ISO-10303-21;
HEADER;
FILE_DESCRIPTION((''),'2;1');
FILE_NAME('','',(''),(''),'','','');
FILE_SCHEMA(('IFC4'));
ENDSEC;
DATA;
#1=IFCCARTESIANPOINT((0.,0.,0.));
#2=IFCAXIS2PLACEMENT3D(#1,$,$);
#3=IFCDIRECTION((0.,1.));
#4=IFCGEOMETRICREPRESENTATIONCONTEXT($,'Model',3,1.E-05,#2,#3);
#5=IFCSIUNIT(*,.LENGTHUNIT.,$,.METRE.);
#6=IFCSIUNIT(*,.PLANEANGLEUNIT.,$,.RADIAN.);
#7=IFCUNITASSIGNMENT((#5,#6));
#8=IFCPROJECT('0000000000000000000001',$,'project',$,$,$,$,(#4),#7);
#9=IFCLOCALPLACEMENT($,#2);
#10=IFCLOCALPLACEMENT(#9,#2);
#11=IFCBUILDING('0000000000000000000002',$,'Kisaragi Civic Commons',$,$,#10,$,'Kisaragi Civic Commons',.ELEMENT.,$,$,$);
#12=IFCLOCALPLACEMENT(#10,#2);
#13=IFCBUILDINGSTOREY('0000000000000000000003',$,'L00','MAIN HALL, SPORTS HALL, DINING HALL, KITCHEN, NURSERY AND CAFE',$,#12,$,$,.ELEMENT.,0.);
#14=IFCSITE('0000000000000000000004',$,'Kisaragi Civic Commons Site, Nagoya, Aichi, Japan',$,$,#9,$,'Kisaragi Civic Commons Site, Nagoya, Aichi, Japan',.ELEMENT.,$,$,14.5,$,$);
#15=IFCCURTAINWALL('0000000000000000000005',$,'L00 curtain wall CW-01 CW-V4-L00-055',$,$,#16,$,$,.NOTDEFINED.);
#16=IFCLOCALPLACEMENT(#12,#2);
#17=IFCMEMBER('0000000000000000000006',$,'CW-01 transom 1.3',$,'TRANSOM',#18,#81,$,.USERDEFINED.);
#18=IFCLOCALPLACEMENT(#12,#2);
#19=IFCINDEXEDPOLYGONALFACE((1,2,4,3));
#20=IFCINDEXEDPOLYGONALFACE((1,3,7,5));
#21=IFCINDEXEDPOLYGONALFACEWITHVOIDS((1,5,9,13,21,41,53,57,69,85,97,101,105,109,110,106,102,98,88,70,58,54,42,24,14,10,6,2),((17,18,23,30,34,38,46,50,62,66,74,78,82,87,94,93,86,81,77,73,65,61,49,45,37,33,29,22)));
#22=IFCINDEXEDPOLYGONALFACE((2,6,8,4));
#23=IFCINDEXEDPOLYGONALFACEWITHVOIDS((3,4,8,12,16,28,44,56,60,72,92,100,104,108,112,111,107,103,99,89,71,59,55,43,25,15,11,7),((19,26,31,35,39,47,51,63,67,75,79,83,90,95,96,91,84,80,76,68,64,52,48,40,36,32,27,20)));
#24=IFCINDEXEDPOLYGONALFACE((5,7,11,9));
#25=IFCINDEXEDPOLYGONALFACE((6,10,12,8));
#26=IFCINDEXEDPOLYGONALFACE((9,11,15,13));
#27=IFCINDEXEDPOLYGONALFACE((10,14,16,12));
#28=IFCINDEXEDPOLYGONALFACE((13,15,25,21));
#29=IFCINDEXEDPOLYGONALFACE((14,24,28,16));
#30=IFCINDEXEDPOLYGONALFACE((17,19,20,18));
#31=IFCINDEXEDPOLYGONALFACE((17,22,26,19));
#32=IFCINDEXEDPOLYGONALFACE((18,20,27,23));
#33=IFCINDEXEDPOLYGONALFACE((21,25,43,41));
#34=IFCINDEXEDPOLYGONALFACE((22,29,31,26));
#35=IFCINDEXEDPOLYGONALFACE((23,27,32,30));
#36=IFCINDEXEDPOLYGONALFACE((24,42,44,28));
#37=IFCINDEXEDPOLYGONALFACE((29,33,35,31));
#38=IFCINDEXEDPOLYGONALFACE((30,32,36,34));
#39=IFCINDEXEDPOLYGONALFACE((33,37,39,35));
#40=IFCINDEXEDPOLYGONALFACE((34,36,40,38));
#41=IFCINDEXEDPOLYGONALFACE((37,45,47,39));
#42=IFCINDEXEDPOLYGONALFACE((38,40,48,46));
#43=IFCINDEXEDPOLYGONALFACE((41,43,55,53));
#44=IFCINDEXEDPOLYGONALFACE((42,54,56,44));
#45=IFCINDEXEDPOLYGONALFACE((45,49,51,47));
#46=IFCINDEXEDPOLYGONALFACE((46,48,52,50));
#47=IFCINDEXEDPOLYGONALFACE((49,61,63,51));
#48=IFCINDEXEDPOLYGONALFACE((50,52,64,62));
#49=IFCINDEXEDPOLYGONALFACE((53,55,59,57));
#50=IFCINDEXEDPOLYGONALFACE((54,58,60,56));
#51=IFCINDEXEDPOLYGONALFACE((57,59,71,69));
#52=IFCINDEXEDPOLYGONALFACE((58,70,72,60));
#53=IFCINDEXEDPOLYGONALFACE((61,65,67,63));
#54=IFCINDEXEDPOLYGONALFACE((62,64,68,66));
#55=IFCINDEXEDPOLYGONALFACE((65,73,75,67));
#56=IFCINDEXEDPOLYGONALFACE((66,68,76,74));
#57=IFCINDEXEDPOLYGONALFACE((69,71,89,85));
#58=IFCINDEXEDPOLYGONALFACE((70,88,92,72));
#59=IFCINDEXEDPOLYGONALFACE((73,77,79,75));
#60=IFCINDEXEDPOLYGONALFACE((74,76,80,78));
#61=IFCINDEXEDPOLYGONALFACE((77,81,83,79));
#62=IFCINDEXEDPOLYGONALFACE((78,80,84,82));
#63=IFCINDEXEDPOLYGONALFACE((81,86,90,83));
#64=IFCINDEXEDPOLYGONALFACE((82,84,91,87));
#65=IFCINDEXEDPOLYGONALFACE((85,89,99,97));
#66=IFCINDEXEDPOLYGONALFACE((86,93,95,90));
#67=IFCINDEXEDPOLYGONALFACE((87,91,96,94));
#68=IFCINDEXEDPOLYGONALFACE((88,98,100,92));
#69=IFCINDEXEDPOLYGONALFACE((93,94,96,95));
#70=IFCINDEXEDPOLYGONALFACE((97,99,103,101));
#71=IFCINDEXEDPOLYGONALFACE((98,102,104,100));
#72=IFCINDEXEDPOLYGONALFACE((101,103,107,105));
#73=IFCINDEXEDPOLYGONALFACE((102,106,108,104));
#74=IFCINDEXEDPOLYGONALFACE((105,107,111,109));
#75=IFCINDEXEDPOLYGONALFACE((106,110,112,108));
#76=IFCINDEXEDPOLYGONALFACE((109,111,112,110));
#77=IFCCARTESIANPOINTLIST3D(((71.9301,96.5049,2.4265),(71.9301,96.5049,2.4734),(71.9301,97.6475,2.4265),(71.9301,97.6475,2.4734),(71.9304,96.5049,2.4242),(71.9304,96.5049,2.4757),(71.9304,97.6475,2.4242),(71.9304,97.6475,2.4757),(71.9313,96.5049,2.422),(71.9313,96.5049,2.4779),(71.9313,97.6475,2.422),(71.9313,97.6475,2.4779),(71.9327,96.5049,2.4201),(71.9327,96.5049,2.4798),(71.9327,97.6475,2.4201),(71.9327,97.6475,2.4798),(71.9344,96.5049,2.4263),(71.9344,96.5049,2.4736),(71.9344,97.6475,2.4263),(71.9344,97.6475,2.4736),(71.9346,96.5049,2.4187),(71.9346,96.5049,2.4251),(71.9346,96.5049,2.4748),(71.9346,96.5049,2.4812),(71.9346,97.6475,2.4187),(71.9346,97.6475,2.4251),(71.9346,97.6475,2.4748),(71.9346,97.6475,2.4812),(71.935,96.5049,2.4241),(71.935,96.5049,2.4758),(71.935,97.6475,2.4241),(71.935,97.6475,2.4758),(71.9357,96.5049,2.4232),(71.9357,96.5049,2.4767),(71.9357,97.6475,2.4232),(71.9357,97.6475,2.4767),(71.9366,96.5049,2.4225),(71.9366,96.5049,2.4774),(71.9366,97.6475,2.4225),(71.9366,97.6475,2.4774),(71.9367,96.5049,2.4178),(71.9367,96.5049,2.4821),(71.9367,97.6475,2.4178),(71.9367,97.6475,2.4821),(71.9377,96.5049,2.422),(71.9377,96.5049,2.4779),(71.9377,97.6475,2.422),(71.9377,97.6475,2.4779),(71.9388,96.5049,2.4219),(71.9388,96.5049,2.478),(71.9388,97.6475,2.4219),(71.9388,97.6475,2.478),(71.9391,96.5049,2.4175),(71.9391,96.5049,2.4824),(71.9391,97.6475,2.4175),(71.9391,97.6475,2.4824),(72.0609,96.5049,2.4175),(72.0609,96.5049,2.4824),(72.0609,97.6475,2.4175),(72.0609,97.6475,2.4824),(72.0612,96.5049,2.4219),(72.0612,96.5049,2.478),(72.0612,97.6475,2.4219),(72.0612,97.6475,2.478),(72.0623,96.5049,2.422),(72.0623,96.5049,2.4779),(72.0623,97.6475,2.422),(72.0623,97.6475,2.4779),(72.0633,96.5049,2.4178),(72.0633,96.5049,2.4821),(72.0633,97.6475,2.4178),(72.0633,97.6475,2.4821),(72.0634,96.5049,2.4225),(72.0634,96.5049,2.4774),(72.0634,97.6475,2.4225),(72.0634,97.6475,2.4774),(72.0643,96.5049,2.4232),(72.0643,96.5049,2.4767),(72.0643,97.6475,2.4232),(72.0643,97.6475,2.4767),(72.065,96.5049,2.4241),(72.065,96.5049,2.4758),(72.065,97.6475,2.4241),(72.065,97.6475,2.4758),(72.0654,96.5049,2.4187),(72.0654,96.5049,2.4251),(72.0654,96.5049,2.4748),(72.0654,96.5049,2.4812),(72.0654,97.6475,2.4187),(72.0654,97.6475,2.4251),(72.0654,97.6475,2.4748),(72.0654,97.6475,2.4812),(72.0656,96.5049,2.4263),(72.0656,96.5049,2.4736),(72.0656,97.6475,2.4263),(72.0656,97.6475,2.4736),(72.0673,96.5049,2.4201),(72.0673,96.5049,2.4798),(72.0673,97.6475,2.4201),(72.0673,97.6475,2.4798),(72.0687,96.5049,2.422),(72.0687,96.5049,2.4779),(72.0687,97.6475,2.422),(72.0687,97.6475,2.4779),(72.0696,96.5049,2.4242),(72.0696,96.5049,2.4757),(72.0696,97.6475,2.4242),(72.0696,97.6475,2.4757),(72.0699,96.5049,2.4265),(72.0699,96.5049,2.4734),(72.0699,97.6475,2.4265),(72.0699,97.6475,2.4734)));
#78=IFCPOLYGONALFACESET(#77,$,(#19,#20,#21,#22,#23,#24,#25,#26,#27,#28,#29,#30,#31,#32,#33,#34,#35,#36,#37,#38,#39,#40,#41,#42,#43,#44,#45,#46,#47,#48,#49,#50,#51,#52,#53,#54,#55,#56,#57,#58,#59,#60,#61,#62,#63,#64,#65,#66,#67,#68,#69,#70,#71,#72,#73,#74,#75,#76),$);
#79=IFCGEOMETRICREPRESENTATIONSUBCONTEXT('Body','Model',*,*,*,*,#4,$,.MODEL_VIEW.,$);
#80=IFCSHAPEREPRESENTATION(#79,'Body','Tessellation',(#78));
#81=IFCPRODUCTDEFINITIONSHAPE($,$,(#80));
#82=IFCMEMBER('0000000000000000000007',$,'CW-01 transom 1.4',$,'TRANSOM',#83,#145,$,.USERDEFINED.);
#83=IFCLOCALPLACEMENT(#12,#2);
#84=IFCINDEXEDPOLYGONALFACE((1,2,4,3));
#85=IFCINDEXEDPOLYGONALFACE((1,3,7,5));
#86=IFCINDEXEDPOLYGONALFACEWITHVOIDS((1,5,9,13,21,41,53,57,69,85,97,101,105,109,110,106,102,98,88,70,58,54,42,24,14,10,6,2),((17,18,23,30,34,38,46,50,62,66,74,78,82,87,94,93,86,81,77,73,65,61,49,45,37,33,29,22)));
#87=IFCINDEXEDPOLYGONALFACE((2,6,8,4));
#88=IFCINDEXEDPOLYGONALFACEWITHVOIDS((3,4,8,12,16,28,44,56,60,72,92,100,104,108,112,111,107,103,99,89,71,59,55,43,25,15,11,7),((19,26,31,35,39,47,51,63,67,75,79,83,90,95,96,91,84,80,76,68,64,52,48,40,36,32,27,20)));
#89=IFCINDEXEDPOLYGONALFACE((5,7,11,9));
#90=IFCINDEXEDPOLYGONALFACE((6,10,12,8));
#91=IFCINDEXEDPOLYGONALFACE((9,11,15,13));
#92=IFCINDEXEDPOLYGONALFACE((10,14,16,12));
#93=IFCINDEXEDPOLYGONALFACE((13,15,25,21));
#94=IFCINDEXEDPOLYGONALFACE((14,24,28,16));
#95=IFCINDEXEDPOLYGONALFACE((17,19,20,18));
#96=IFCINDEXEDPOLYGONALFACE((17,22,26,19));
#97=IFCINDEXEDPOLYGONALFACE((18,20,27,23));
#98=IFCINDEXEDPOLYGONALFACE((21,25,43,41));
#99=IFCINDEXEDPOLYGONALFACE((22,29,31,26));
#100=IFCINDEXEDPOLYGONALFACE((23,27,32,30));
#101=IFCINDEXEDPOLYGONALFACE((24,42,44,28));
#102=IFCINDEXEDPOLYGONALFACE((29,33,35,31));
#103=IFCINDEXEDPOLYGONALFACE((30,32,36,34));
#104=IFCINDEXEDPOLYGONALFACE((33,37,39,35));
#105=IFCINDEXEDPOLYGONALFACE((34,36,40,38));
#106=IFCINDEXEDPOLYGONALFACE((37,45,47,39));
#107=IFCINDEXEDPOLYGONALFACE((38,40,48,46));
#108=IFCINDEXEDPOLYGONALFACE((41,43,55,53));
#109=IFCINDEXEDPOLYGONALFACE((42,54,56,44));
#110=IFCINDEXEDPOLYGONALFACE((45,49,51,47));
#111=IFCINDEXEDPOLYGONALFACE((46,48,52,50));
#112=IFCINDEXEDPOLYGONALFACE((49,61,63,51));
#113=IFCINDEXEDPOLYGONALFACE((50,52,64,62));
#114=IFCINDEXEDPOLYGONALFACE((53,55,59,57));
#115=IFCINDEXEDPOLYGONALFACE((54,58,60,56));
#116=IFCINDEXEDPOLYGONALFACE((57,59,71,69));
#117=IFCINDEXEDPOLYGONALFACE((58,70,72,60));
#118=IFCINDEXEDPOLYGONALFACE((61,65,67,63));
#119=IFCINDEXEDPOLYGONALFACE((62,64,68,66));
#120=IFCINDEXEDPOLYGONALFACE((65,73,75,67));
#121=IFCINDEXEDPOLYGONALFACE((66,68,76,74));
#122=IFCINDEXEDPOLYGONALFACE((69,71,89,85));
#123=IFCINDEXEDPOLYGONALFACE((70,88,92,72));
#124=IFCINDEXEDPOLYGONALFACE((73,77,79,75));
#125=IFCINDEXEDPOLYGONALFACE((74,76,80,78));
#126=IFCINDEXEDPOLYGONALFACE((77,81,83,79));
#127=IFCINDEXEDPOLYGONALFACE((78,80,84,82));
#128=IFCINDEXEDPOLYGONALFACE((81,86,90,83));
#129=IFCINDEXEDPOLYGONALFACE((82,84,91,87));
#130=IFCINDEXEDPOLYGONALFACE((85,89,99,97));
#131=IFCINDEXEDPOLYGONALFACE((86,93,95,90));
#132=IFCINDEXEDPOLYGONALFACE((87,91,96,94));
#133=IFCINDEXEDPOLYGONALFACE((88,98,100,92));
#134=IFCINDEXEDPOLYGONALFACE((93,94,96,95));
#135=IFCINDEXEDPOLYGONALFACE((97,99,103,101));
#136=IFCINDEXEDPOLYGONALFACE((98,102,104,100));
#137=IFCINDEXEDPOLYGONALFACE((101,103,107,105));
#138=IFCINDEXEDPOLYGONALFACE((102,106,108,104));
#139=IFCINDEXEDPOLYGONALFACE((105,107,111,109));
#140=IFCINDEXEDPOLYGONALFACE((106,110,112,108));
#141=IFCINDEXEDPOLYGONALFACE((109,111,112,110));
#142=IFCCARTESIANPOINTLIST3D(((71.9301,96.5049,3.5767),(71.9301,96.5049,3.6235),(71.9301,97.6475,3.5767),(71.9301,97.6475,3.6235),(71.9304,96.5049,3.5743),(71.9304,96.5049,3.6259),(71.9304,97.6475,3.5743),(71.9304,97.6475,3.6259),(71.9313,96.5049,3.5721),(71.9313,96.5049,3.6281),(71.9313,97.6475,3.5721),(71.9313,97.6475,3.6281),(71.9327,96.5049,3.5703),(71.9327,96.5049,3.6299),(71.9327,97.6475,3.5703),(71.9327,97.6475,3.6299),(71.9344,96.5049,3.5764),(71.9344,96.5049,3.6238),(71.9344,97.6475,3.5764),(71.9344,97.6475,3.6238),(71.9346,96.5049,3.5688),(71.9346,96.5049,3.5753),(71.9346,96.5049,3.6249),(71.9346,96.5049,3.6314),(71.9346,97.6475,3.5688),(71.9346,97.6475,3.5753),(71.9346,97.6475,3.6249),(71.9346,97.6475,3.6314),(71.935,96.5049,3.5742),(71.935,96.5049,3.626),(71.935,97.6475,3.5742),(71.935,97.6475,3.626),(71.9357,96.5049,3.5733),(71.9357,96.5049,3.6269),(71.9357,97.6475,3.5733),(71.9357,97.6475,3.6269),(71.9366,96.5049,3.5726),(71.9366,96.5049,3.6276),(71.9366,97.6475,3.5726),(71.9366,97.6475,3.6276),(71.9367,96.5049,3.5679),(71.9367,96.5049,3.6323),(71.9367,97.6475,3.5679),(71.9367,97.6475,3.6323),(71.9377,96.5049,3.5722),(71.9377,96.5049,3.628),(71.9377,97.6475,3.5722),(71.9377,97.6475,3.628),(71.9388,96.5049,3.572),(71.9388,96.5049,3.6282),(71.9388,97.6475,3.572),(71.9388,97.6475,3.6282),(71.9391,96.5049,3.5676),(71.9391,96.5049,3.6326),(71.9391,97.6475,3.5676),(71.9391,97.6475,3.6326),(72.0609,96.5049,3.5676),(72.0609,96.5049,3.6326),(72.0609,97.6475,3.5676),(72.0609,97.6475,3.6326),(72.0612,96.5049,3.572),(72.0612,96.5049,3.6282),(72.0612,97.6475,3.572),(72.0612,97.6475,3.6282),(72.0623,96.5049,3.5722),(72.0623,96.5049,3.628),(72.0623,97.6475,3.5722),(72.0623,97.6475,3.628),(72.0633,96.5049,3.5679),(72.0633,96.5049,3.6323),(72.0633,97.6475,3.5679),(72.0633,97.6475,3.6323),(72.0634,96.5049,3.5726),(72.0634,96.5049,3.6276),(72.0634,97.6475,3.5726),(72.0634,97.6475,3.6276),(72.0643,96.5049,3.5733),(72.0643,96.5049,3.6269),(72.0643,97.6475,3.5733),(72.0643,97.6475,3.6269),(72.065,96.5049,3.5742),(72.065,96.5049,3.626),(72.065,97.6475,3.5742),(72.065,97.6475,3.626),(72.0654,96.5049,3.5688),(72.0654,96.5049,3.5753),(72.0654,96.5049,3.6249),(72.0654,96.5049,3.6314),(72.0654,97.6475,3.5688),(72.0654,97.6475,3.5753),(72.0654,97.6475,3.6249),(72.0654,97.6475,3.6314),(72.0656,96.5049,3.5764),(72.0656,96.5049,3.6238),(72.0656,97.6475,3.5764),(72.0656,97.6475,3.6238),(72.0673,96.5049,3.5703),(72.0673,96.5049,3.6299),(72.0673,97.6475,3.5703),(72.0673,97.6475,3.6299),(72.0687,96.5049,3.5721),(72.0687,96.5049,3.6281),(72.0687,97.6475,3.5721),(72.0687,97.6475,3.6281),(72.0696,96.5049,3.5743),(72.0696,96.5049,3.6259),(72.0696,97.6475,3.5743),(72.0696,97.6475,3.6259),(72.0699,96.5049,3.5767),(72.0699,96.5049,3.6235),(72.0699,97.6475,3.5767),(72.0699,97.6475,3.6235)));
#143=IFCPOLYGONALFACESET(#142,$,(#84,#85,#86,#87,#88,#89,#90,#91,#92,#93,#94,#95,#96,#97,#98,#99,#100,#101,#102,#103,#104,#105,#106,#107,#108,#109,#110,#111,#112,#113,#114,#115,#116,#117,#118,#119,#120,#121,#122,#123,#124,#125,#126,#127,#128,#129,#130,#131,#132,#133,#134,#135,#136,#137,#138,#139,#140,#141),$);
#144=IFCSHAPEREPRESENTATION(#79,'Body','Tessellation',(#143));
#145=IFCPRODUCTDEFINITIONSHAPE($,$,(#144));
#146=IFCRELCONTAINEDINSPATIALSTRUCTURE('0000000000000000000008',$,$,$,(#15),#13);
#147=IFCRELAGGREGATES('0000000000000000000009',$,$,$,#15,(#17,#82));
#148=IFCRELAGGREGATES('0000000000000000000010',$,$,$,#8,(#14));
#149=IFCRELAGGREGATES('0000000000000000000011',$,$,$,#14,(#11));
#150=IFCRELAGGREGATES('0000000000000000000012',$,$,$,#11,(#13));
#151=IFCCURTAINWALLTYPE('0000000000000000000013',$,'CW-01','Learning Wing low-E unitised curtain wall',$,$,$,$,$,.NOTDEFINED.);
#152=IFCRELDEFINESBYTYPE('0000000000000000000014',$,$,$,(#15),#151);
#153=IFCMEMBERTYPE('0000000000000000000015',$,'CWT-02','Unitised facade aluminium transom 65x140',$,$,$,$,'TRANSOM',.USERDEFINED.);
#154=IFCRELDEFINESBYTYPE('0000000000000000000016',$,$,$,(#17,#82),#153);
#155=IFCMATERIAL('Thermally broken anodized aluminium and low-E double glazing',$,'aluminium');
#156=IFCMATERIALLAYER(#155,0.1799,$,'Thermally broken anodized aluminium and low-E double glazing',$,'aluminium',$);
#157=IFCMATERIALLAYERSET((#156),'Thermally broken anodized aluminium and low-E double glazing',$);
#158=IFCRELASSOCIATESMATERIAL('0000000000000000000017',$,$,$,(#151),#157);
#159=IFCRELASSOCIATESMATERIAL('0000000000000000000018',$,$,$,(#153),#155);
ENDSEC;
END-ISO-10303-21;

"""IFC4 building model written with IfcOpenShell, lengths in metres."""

from ifc_helpers import new_model, si_unit, direction, frame, origin, origin_2d, place, context, subcontext, project, spatial, hollow_rectangle, extrude, material, layer, layer_set, material_profile, profile_set, type_object, element, aggregate, save


model = new_model("IFC4")

# Units and contexts
model_context = context("Model", 3, precision=1e-05, world=origin(), true_north=direction((0.0, 1.0)))
body_context = subcontext(model_context, "Body", "Model", "MODEL_VIEW")
ifc_project = project(units=[si_unit("LENGTHUNIT", "METRE"), si_unit("PLANEANGLEUNIT", "RADIAN")], contexts=[model_context])

# Site, building, storey
site_placement = place(None, origin())
site = spatial("IfcSite", under=ifc_project, at=site_placement, Name="Kisaragi Civic Commons Site, Nagoya, Aichi, Japan", LongName="Kisaragi Civic Commons Site, Nagoya, Aichi, Japan", CompositionType="ELEMENT", RefElevation=14.5)
building_placement = place(site_placement, origin())
building = spatial("IfcBuilding", under=site, at=building_placement, Name="Kisaragi Civic Commons", LongName="Kisaragi Civic Commons", CompositionType="ELEMENT")
storey_placement = place(building_placement, origin())
storey = spatial("IfcBuildingStorey", under=building, at=storey_placement, Name="L00", Description="MAIN HALL, SPORTS HALL, DINING HALL, KITCHEN, NURSERY AND CAFE", CompositionType="ELEMENT", Elevation=0.0)

# Curtain wall, members
ifc_material_1 = material(Name="Thermally broken anodized aluminium and low-E double glazing", Category="aluminium")
ifc_layer_1 = layer(ifc_material_1, 0.1799, Name="Thermally broken anodized aluminium and low-E double glazing", Category="aluminium")
ifc_layer_set_1 = layer_set([ifc_layer_1], Name="Thermally broken anodized aluminium and low-E double glazing")
curtain_wall_type = type_object("IfcCurtainWallType", Name="CW-01", Description="Learning Wing low-E unitised curtain wall", PredefinedType="NOTDEFINED", material=ifc_layer_set_1)
curtain_wall_placement = place(storey_placement, origin())
curtain_wall = element("IfcCurtainWall", 1, at=curtain_wall_placement, inside=storey, type_object=curtain_wall_type, Name="L00 curtain wall CW-01 CW-V4-L00-055", PredefinedType="NOTDEFINED")
ifc_material_profile_1 = material_profile(ifc_material_1, hollow_rectangle(XDim=0.1399, YDim=0.0649, WallThickness=0.0044, InnerFilletRadius=0.0044, OuterFilletRadius=0.009, at=origin_2d()), Name="CWT-65x140x4.5", Category="aluminium")
ifc_profile_set_1 = profile_set([ifc_material_profile_1], Name="Thermally broken anodized aluminium and low-E double glazing")
member_type_1 = type_object("IfcMemberType", Name="CWT-02", Description="Unitised facade aluminium transom 65x140", ElementType="TRANSOM", PredefinedType="USERDEFINED", material=ifc_profile_set_1)
member_1_placement = place(storey_placement, frame((72.0, 96.5049, 2.45), z_axis=(0.0, 1.0, 0.0), x_axis=(-1.0, 0.0, 0.0)))
member_1 = element("IfcMember", 2, at=member_1_placement, type_object=member_type_1, Name="CW-01 transom 1.3", ObjectType="TRANSOM", PredefinedType="USERDEFINED", context=body_context, shape_type="SweptSolid", body=[
    extrude(hollow_rectangle(XDim=0.1399, YDim=0.0649, WallThickness=0.0044, InnerFilletRadius=0.0044, OuterFilletRadius=0.009, at=origin_2d()), origin(), (0.0, 0.0, 1.0), 1.1426),
])
member_2_placement = place(storey_placement, frame((72.0, 96.5049, 3.6001), z_axis=(0.0, 1.0, 0.0), x_axis=(-1.0, 0.0, 0.0)))
member_2 = element("IfcMember", 3, at=member_2_placement, type_object=member_type_1, Name="CW-01 transom 1.4", ObjectType="TRANSOM", PredefinedType="USERDEFINED", context=body_context, shape_type="SweptSolid", body=[
    extrude(hollow_rectangle(XDim=0.1399, YDim=0.0649, WallThickness=0.0044, InnerFilletRadius=0.0044, OuterFilletRadius=0.009, at=origin_2d()), origin(), (0.0, 0.0, 1.0), 1.1426),
])

aggregate(curtain_wall, [member_1, member_2])

save(model, "model.ifc")
